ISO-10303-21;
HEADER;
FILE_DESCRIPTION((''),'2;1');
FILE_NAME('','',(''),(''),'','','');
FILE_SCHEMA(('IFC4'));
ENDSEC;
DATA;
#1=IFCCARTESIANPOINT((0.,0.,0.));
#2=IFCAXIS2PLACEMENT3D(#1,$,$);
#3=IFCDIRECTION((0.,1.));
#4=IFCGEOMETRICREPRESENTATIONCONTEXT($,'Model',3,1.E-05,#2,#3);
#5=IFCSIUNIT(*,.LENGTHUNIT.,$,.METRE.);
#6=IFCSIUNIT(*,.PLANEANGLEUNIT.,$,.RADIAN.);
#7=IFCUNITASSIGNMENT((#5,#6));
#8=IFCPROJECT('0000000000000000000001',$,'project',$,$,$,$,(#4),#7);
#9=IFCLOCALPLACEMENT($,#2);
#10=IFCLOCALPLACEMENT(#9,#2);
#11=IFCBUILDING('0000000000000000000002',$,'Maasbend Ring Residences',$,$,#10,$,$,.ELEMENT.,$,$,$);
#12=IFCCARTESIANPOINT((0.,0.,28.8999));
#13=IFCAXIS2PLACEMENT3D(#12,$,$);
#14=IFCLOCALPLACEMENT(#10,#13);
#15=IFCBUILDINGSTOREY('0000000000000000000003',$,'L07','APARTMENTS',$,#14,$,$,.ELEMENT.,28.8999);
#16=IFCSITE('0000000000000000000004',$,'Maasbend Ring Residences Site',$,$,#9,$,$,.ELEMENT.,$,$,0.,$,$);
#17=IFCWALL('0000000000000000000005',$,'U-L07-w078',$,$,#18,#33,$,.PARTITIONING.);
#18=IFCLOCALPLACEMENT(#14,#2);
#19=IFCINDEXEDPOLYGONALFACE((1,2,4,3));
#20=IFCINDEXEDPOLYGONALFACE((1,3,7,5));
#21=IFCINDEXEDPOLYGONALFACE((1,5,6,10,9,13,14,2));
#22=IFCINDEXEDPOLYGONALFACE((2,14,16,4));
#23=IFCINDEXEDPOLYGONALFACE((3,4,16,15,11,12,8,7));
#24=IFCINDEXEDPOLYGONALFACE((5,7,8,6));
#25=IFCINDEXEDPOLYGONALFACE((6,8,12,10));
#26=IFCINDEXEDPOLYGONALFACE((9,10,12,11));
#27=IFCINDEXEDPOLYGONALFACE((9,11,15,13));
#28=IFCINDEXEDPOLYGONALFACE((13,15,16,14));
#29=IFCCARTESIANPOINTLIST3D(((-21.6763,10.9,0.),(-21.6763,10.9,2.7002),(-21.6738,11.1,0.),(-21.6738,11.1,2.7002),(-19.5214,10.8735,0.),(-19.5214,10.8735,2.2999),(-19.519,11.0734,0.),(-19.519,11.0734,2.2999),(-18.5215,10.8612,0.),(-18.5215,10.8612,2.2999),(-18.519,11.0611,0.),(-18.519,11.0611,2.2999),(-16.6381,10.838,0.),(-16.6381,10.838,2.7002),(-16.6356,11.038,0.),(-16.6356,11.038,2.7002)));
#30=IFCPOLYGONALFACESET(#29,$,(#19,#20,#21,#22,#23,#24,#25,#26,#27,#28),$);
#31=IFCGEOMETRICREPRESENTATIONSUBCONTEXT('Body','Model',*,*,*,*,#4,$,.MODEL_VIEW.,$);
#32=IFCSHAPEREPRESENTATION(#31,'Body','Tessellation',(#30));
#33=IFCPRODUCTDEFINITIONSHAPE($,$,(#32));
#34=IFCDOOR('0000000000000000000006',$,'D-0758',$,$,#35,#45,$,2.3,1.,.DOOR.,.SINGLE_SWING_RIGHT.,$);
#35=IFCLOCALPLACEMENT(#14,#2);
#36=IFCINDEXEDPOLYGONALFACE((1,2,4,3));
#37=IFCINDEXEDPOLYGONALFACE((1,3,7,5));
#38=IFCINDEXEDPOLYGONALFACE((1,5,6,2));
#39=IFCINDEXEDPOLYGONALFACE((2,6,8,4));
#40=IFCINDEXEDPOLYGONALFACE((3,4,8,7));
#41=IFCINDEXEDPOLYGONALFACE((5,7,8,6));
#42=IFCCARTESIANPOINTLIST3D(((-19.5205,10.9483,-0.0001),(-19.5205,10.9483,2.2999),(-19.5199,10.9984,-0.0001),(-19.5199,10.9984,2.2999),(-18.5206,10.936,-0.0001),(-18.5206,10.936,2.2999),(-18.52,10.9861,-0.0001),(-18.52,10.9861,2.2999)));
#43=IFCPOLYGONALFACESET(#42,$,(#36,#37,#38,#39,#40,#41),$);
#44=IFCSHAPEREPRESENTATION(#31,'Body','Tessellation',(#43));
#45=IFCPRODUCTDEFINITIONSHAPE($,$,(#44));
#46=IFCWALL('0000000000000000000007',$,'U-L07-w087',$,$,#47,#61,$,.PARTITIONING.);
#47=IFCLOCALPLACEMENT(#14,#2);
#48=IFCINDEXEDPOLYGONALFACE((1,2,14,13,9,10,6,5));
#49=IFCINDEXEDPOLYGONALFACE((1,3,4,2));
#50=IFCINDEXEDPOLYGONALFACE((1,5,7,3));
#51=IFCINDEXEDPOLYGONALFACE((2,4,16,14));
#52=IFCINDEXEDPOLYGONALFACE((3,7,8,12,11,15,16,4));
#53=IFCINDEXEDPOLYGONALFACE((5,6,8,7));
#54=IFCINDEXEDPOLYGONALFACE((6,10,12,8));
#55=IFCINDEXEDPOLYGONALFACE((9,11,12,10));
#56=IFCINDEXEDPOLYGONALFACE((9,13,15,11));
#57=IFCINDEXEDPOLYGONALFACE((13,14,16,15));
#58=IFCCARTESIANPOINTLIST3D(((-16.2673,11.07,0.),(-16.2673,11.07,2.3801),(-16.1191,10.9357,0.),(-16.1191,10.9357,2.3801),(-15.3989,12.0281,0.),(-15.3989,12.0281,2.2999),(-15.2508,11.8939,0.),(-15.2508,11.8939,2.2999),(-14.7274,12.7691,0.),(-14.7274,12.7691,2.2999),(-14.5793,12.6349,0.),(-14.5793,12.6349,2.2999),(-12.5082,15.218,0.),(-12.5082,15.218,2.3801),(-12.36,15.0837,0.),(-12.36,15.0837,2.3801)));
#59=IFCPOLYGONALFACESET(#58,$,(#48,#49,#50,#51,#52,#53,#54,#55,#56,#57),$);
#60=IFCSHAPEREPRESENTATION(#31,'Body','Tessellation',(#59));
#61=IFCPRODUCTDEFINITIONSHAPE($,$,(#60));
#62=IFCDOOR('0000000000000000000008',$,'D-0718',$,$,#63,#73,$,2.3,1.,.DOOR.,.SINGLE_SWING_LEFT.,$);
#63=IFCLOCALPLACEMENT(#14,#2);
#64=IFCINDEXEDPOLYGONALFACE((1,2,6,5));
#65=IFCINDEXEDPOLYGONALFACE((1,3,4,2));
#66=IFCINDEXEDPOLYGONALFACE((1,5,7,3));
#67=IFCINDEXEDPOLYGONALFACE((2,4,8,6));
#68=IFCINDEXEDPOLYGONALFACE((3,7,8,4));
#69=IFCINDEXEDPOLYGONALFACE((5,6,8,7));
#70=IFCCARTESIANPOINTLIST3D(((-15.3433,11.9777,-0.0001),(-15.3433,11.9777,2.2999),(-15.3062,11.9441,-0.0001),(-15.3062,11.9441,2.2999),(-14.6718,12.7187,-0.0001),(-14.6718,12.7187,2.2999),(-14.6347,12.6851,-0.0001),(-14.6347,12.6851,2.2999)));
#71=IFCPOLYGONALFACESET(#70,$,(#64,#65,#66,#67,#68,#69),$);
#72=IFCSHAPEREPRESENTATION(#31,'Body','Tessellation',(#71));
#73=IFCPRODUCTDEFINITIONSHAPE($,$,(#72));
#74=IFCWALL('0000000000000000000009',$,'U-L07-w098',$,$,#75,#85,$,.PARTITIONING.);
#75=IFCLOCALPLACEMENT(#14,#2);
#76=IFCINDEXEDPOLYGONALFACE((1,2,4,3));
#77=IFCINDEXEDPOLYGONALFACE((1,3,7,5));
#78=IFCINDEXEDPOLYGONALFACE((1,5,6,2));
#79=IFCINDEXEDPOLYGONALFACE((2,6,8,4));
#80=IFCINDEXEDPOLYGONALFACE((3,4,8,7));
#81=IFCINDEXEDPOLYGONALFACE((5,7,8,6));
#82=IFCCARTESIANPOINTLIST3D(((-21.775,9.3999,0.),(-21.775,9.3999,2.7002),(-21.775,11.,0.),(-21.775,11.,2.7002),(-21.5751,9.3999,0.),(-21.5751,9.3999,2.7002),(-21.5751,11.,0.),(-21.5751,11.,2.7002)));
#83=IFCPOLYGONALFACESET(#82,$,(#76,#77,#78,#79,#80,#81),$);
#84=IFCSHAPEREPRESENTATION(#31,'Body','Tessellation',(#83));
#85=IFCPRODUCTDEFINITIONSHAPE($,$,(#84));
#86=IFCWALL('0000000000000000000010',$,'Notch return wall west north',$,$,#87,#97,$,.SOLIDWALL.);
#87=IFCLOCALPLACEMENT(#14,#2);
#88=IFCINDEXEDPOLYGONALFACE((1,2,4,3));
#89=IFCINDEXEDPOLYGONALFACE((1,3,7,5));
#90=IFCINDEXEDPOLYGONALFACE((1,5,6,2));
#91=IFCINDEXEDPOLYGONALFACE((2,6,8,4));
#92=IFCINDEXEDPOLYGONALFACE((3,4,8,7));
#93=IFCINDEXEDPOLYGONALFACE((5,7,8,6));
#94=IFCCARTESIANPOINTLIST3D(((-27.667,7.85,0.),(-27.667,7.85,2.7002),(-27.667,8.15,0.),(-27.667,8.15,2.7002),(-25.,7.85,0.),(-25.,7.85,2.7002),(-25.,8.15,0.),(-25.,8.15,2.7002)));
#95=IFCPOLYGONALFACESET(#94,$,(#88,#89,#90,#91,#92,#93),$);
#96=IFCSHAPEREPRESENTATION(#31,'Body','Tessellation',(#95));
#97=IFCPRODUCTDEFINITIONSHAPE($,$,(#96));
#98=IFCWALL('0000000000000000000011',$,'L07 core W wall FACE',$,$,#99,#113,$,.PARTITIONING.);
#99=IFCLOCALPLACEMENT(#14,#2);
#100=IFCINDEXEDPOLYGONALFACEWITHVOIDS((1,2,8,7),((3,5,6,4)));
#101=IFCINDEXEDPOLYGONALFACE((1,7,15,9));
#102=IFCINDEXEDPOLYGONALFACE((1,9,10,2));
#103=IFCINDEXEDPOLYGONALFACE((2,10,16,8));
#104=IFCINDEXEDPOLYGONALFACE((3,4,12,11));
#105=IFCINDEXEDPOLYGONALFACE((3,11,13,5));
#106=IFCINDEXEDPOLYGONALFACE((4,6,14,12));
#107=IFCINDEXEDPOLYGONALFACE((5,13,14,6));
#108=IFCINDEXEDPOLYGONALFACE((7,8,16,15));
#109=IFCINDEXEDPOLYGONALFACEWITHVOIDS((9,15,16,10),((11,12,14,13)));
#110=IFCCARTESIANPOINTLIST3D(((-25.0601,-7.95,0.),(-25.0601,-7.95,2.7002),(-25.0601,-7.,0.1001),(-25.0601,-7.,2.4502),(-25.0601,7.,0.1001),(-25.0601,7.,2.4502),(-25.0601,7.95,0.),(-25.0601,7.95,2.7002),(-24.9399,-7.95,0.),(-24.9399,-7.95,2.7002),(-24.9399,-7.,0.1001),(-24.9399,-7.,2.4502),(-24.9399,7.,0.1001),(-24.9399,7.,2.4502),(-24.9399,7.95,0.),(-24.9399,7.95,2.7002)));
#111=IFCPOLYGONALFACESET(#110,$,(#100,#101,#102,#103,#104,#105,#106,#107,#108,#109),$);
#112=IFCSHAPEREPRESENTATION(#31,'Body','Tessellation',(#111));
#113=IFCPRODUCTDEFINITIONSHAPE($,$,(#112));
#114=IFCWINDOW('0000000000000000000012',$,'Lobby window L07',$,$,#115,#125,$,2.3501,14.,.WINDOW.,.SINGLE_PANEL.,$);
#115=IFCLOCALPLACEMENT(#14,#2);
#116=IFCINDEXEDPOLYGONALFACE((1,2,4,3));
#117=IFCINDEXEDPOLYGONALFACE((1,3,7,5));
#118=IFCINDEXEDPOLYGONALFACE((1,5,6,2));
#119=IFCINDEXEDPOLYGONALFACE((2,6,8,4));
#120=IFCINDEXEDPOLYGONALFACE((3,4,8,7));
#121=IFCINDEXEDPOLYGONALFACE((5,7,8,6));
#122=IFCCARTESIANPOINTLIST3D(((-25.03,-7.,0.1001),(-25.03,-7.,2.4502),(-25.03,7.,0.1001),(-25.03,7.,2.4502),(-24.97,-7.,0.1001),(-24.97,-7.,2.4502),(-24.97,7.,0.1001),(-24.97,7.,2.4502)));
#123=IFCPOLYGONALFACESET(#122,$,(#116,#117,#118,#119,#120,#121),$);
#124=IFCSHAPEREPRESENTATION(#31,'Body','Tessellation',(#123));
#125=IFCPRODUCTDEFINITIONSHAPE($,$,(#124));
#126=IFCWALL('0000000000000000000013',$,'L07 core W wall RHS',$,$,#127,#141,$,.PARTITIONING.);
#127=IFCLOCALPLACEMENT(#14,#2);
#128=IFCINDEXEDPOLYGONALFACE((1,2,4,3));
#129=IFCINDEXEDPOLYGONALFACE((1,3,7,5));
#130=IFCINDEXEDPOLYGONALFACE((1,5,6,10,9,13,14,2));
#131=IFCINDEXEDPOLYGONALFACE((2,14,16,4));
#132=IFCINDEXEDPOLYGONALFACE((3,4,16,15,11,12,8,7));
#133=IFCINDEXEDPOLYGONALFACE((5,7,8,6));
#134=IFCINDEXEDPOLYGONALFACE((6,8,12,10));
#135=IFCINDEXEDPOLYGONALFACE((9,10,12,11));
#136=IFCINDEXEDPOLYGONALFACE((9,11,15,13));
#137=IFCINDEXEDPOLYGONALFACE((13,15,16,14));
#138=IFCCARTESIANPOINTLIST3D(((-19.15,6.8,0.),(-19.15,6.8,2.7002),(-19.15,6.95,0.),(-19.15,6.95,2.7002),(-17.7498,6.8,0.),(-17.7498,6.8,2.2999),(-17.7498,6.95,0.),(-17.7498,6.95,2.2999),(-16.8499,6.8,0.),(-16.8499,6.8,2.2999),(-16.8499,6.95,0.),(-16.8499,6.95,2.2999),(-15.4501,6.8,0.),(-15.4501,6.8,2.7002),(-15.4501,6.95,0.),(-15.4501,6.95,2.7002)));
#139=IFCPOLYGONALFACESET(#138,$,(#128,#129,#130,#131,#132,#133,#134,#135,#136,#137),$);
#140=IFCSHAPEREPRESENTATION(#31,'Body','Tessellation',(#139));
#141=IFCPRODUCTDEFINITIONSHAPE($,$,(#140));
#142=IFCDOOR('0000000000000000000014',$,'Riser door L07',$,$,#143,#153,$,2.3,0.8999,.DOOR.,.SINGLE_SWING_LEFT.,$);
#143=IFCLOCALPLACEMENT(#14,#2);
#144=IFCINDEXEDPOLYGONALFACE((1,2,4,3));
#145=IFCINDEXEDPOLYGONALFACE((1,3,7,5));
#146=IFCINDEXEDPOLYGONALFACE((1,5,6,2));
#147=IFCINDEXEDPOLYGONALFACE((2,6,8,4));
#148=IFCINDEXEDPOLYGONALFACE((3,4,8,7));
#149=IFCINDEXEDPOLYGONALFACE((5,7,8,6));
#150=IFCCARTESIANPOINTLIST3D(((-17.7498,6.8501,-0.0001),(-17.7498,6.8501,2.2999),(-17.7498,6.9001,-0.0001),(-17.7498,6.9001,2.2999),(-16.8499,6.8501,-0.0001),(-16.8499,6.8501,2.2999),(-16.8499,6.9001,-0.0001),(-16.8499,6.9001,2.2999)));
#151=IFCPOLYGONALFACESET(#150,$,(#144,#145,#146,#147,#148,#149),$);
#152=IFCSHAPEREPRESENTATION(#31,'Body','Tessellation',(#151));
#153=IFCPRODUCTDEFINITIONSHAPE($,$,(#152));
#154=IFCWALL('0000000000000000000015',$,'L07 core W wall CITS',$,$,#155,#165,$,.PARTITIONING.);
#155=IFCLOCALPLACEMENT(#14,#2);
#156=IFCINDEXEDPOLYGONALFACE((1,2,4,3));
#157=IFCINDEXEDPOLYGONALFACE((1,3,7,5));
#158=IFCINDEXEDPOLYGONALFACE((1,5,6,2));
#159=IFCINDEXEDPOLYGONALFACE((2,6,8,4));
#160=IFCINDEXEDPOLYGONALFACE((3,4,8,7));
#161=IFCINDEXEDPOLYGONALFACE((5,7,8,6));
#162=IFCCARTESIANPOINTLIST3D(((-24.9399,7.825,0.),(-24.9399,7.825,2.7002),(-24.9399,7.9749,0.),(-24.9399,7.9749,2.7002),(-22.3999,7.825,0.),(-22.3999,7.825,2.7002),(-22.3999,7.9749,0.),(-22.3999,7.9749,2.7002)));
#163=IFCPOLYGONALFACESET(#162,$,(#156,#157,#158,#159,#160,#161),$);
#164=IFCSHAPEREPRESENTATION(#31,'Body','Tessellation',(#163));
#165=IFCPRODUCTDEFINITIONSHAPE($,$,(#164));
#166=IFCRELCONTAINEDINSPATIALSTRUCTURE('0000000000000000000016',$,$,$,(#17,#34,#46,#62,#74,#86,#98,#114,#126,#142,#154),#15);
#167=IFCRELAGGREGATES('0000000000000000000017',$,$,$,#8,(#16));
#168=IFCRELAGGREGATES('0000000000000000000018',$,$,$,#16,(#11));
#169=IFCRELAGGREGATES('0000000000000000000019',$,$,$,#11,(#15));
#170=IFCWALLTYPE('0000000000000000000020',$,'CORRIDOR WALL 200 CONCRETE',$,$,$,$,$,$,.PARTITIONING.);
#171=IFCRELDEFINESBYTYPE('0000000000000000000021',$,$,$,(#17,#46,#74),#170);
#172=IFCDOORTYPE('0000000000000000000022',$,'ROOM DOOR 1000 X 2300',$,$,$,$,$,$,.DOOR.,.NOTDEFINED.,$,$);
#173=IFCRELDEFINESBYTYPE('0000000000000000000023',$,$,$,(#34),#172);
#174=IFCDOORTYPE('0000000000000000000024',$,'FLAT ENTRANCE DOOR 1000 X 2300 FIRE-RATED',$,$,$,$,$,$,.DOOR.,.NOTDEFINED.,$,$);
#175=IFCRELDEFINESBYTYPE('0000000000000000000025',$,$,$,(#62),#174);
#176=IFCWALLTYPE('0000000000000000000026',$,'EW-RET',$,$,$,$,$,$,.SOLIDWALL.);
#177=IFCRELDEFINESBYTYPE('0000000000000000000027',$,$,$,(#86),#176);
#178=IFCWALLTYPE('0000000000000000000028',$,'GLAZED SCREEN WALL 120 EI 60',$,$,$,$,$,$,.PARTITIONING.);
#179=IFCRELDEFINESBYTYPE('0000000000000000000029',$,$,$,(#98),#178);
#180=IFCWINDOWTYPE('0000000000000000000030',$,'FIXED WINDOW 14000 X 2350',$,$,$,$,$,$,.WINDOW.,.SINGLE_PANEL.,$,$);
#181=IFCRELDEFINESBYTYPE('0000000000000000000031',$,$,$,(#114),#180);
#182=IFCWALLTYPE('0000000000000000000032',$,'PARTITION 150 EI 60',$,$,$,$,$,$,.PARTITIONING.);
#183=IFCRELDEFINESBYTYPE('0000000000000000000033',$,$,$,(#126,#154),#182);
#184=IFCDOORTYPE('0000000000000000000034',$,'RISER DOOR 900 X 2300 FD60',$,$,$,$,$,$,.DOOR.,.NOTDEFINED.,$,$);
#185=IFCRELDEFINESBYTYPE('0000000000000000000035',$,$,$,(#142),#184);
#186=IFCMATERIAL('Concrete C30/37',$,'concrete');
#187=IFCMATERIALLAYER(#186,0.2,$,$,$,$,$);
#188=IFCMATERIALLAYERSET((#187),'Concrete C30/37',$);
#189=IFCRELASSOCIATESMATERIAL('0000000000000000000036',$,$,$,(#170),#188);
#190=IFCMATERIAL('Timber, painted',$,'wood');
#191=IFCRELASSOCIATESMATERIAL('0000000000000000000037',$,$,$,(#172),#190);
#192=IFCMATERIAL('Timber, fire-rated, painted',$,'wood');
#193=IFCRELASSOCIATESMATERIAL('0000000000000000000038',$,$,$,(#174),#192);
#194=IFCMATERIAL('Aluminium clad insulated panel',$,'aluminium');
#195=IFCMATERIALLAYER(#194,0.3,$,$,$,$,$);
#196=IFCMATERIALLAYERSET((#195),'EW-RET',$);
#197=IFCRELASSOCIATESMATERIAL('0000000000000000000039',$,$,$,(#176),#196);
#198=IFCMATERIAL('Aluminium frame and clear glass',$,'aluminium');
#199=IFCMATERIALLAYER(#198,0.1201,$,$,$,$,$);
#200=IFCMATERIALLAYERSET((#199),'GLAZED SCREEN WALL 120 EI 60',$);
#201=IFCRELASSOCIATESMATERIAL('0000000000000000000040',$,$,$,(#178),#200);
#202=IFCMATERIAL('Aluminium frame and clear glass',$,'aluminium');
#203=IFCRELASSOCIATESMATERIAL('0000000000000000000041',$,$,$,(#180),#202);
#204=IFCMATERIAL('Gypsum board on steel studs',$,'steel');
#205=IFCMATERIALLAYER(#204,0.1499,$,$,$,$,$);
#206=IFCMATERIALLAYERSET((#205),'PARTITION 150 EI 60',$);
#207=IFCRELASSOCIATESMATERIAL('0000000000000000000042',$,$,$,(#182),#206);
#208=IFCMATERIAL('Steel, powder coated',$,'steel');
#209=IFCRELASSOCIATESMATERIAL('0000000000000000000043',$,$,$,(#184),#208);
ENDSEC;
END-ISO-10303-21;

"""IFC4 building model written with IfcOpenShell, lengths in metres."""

from ifc_helpers import new_model, si_unit, direction, frame, frame_2d, origin, place, context, subcontext, project, spatial, rectangle, extrude, material, layer, layer_set, type_object, element, fill, save


model = new_model("IFC4")

# Units and contexts
model_context = context("Model", 3, precision=1e-05, world=origin(), true_north=direction((0.0, 1.0)))
body_context = subcontext(model_context, "Body", "Model", "MODEL_VIEW")
ifc_project = project(units=[si_unit("LENGTHUNIT", "METRE"), si_unit("PLANEANGLEUNIT", "RADIAN")], contexts=[model_context])

# Site, building, storey
site_placement = place(None, origin())
site = spatial("IfcSite", under=ifc_project, at=site_placement, Name="Maasbend Ring Residences Site", CompositionType="ELEMENT", RefElevation=0.0)
building_placement = place(site_placement, origin())
building = spatial("IfcBuilding", under=site, at=building_placement, Name="Maasbend Ring Residences", CompositionType="ELEMENT")
storey_placement = place(building_placement, frame((0.0, 0.0, 28.8999)))
storey = spatial("IfcBuildingStorey", under=building, at=storey_placement, Name="L07", Description="APARTMENTS", CompositionType="ELEMENT", Elevation=28.8999)

# Walls, openings, doors
ifc_material_1 = material(Name="Concrete C30/37", Category="concrete")
ifc_layer_1 = layer(ifc_material_1, 0.2)
ifc_layer_set_1 = layer_set([ifc_layer_1], Name="Concrete C30/37")
wall_type_1 = type_object("IfcWallType", Name="CORRIDOR WALL 200 CONCRETE", PredefinedType="PARTITIONING", material=ifc_layer_set_1)
wall_1_placement = place(storey_placement, frame((-21.675, 11.0, 0.0), z_axis=(0.0, 0.0, 1.0), x_axis=(0.999924, -0.012308, 0.0)))
wall_1 = element("IfcWall", 1, at=wall_1_placement, inside=storey, type_object=wall_type_1, Name="U-L07-w078", PredefinedType="PARTITIONING", context=body_context, shape_type="SweptSolid", body=[
    extrude(rectangle(XDim=5.0386, YDim=0.2, at=frame_2d((2.5193, 0.0))), origin(), (0.0, 0.0, 1.0), 2.7002),
])
opening_1_placement = place(wall_1_placement, frame((2.155, 0.0, 0.0)))
opening_1 = element("IfcOpeningElement", 2, at=opening_1_placement, cuts=wall_1, PredefinedType="OPENING", context=body_context, shape_type="SweptSolid", body=[
    extrude(rectangle(XDim=1.0, YDim=2.3, at=frame_2d((0.5, 1.1499))), frame((0.0, 0.1099, 0.0), z_axis=(0.0, -1.0, 0.0), x_axis=(1.0, 0.0, 0.0)), (0.0, 0.0, 1.0), 0.22),
])
ifc_material_2 = material(Name="Timber, painted", Category="wood")
door_type_1 = type_object("IfcDoorType", Name="ROOM DOOR 1000 X 2300", OperationType="NOTDEFINED", PredefinedType="DOOR", material=ifc_material_2)
door_1_placement = place(opening_1_placement, origin())
door_1 = element("IfcDoor", 3, at=door_1_placement, inside=storey, type_object=door_type_1, Name="D-0758", OperationType="SINGLE_SWING_RIGHT", OverallHeight=2.3, OverallWidth=1.0, PredefinedType="DOOR", context=body_context, shape_type="SweptSolid", body=[
    extrude(rectangle(XDim=1.0, YDim=2.3, at=frame_2d((0.5, 1.1499))), frame((0.0, 0.0249, 0.0), z_axis=(0.0, -1.0, 0.0), x_axis=(1.0, 0.0, 0.0)), (0.0, 0.0, 1.0), 0.05),
])
fill(opening_1, door_1)
wall_2_placement = place(storey_placement, frame((-16.1931, 11.0029, 0.0), z_axis=(0.0, 0.0, 1.0), x_axis=(0.671515, 0.740991, 0.0)))
wall_2 = element("IfcWall", 4, at=wall_2_placement, inside=storey, type_object=wall_type_1, Name="U-L07-w087", PredefinedType="PARTITIONING", context=body_context, shape_type="SweptSolid", body=[
    extrude(rectangle(XDim=5.5979, YDim=0.2, at=frame_2d((2.7988, 0.0))), origin(), (0.0, 0.0, 1.0), 2.3801),
])
opening_2_placement = place(wall_2_placement, frame((1.293, 0.0, 0.0)))
opening_2 = element("IfcOpeningElement", 5, at=opening_2_placement, cuts=wall_2, PredefinedType="OPENING", context=body_context, shape_type="SweptSolid", body=[
    extrude(rectangle(XDim=1.0, YDim=2.3, at=frame_2d((0.5, 1.1499))), frame((0.0, 0.1099, 0.0), z_axis=(0.0, -1.0, 0.0), x_axis=(1.0, 0.0, 0.0)), (0.0, 0.0, 1.0), 0.22),
])
ifc_material_3 = material(Name="Timber, fire-rated, painted", Category="wood")
door_type_2 = type_object("IfcDoorType", Name="FLAT ENTRANCE DOOR 1000 X 2300 FIRE-RATED", OperationType="NOTDEFINED", PredefinedType="DOOR", material=ifc_material_3)
door_2_placement = place(opening_2_placement, origin())
door_2 = element("IfcDoor", 6, at=door_2_placement, inside=storey, type_object=door_type_2, Name="D-0718", OperationType="SINGLE_SWING_LEFT", OverallHeight=2.3, OverallWidth=1.0, PredefinedType="DOOR", context=body_context, shape_type="SweptSolid", body=[
    extrude(rectangle(XDim=1.0, YDim=2.3, at=frame_2d((0.5, 1.1499))), frame((0.0, 0.0249, 0.0), z_axis=(0.0, -1.0, 0.0), x_axis=(1.0, 0.0, 0.0)), (0.0, 0.0, 1.0), 0.05),
])
fill(opening_2, door_2)

# Walls
wall_3_placement = place(storey_placement, frame((-21.675, 9.3999, 0.0), z_axis=(0.0, 0.0, 1.0), x_axis=(0.0, 1.0, 0.0)))
element("IfcWall", 7, at=wall_3_placement, inside=storey, type_object=wall_type_1, Name="U-L07-w098", PredefinedType="PARTITIONING", context=body_context, shape_type="SweptSolid", body=[
    extrude(rectangle(XDim=1.6001, YDim=0.2, at=frame_2d((0.8, 0.0))), origin(), (0.0, 0.0, 1.0), 2.7002),
])
ifc_material_4 = material(Name="Aluminium clad insulated panel", Category="aluminium")
ifc_layer_2 = layer(ifc_material_4, 0.3)
ifc_layer_set_2 = layer_set([ifc_layer_2], Name="EW-RET")
wall_type_2 = type_object("IfcWallType", Name="EW-RET", PredefinedType="SOLIDWALL", material=ifc_layer_set_2)
wall_4_placement = place(storey_placement, frame((-25.0, 8.0, 0.0), z_axis=(0.0, 0.0, 1.0), x_axis=(-1.0, 0.0, 0.0)))
element("IfcWall", 8, at=wall_4_placement, inside=storey, type_object=wall_type_2, Name="Notch return wall west north", PredefinedType="SOLIDWALL", context=body_context, shape_type="SweptSolid", body=[
    extrude(rectangle(XDim=2.667, YDim=0.3, at=frame_2d((1.3335, 0.0))), origin(), (0.0, 0.0, 1.0), 2.7002),
])

# Wall, opening, window
ifc_material_5 = material(Name="Aluminium frame and clear glass", Category="aluminium")
ifc_layer_3 = layer(ifc_material_5, 0.1201)
ifc_layer_set_3 = layer_set([ifc_layer_3], Name="GLAZED SCREEN WALL 120 EI 60")
wall_type_3 = type_object("IfcWallType", Name="GLAZED SCREEN WALL 120 EI 60", PredefinedType="PARTITIONING", material=ifc_layer_set_3)
wall_5_placement = place(storey_placement, frame((-25.0, 7.95, 0.0), z_axis=(0.0, 0.0, 1.0), x_axis=(0.0, -1.0, 0.0)))
wall_5 = element("IfcWall", 9, at=wall_5_placement, inside=storey, type_object=wall_type_3, Name="L07 core W wall FACE", PredefinedType="PARTITIONING", context=body_context, shape_type="SweptSolid", body=[
    extrude(rectangle(XDim=15.8999, YDim=0.1201, at=frame_2d((7.95, 0.0))), origin(), (0.0, 0.0, 1.0), 2.7002),
])
opening_3_placement = place(wall_5_placement, frame((0.95, 0.0, 0.1001)))
opening_3 = element("IfcOpeningElement", 10, at=opening_3_placement, cuts=wall_5, PredefinedType="OPENING", context=body_context, shape_type="SweptSolid", body=[
    extrude(rectangle(XDim=14.0, YDim=2.3501, at=frame_2d((7.0, 1.175))), frame((0.0, 0.0701, 0.0), z_axis=(0.0, -1.0, 0.0), x_axis=(1.0, 0.0, 0.0)), (0.0, 0.0, 1.0), 0.1401),
])
ifc_material_6 = material(Name="Aluminium frame and clear glass", Category="aluminium")
window_type = type_object("IfcWindowType", Name="FIXED WINDOW 14000 X 2350", PartitioningType="SINGLE_PANEL", PredefinedType="WINDOW", material=ifc_material_6)
window_placement = place(opening_3_placement, origin())
window = element("IfcWindow", 11, at=window_placement, inside=storey, type_object=window_type, Name="Lobby window L07", OverallHeight=2.3501, OverallWidth=14.0, PartitioningType="SINGLE_PANEL", PredefinedType="WINDOW", context=body_context, shape_type="SweptSolid", body=[
    extrude(rectangle(XDim=14.0, YDim=2.3501, at=frame_2d((7.0, 1.175))), frame((0.0, 0.03, 0.0), z_axis=(0.0, -1.0, 0.0), x_axis=(1.0, 0.0, 0.0)), (0.0, 0.0, 1.0), 0.0601),
])
fill(opening_3, window)

# Wall, opening, door
ifc_material_7 = material(Name="Gypsum board on steel studs", Category="steel")
ifc_layer_4 = layer(ifc_material_7, 0.1499)
ifc_layer_set_4 = layer_set([ifc_layer_4], Name="PARTITION 150 EI 60")
wall_type_4 = type_object("IfcWallType", Name="PARTITION 150 EI 60", PredefinedType="PARTITIONING", material=ifc_layer_set_4)
wall_6_placement = place(storey_placement, frame((-15.45, 6.875, 0.0), z_axis=(0.0, 0.0, 1.0), x_axis=(-1.0, 0.0, 0.0)))
wall_6 = element("IfcWall", 12, at=wall_6_placement, inside=storey, type_object=wall_type_4, Name="L07 core W wall RHS", PredefinedType="PARTITIONING", context=body_context, shape_type="SweptSolid", body=[
    extrude(rectangle(XDim=3.7, YDim=0.1499, at=frame_2d((1.8501, 0.0))), origin(), (0.0, 0.0, 1.0), 2.7002),
])
opening_4_placement = place(wall_6_placement, frame((1.3999, 0.0, 0.0)))
opening_4 = element("IfcOpeningElement", 13, at=opening_4_placement, cuts=wall_6, PredefinedType="OPENING", context=body_context, shape_type="SweptSolid", body=[
    extrude(rectangle(XDim=0.8999, YDim=2.3, at=frame_2d((0.45, 1.1499))), frame((0.0, 0.085, 0.0), z_axis=(0.0, -1.0, 0.0), x_axis=(1.0, 0.0, 0.0)), (0.0, 0.0, 1.0), 0.1699),
])
ifc_material_8 = material(Name="Steel, powder coated", Category="steel")
door_type_3 = type_object("IfcDoorType", Name="RISER DOOR 900 X 2300 FD60", OperationType="NOTDEFINED", PredefinedType="DOOR", material=ifc_material_8)
door_3_placement = place(opening_4_placement, origin())
door_3 = element("IfcDoor", 14, at=door_3_placement, inside=storey, type_object=door_type_3, Name="Riser door L07", OperationType="SINGLE_SWING_LEFT", OverallHeight=2.3, OverallWidth=0.8999, PredefinedType="DOOR", context=body_context, shape_type="SweptSolid", body=[
    extrude(rectangle(XDim=0.8999, YDim=2.3, at=frame_2d((0.45, 1.1499))), frame((0.0, 0.0249, 0.0), z_axis=(0.0, -1.0, 0.0), x_axis=(1.0, 0.0, 0.0)), (0.0, 0.0, 1.0), 0.05),
])
fill(opening_4, door_3)

# Wall
wall_7_placement = place(storey_placement, frame((-22.3999, 7.8999, 0.0), z_axis=(0.0, 0.0, 1.0), x_axis=(-1.0, 0.0, 0.0)))
element("IfcWall", 15, at=wall_7_placement, inside=storey, type_object=wall_type_4, Name="L07 core W wall CITS", PredefinedType="PARTITIONING", context=body_context, shape_type="SweptSolid", body=[
    extrude(rectangle(XDim=2.54, YDim=0.1499, at=frame_2d((1.27, 0.0))), origin(), (0.0, 0.0, 1.0), 2.7002),
])

save(model, "model.ifc")
